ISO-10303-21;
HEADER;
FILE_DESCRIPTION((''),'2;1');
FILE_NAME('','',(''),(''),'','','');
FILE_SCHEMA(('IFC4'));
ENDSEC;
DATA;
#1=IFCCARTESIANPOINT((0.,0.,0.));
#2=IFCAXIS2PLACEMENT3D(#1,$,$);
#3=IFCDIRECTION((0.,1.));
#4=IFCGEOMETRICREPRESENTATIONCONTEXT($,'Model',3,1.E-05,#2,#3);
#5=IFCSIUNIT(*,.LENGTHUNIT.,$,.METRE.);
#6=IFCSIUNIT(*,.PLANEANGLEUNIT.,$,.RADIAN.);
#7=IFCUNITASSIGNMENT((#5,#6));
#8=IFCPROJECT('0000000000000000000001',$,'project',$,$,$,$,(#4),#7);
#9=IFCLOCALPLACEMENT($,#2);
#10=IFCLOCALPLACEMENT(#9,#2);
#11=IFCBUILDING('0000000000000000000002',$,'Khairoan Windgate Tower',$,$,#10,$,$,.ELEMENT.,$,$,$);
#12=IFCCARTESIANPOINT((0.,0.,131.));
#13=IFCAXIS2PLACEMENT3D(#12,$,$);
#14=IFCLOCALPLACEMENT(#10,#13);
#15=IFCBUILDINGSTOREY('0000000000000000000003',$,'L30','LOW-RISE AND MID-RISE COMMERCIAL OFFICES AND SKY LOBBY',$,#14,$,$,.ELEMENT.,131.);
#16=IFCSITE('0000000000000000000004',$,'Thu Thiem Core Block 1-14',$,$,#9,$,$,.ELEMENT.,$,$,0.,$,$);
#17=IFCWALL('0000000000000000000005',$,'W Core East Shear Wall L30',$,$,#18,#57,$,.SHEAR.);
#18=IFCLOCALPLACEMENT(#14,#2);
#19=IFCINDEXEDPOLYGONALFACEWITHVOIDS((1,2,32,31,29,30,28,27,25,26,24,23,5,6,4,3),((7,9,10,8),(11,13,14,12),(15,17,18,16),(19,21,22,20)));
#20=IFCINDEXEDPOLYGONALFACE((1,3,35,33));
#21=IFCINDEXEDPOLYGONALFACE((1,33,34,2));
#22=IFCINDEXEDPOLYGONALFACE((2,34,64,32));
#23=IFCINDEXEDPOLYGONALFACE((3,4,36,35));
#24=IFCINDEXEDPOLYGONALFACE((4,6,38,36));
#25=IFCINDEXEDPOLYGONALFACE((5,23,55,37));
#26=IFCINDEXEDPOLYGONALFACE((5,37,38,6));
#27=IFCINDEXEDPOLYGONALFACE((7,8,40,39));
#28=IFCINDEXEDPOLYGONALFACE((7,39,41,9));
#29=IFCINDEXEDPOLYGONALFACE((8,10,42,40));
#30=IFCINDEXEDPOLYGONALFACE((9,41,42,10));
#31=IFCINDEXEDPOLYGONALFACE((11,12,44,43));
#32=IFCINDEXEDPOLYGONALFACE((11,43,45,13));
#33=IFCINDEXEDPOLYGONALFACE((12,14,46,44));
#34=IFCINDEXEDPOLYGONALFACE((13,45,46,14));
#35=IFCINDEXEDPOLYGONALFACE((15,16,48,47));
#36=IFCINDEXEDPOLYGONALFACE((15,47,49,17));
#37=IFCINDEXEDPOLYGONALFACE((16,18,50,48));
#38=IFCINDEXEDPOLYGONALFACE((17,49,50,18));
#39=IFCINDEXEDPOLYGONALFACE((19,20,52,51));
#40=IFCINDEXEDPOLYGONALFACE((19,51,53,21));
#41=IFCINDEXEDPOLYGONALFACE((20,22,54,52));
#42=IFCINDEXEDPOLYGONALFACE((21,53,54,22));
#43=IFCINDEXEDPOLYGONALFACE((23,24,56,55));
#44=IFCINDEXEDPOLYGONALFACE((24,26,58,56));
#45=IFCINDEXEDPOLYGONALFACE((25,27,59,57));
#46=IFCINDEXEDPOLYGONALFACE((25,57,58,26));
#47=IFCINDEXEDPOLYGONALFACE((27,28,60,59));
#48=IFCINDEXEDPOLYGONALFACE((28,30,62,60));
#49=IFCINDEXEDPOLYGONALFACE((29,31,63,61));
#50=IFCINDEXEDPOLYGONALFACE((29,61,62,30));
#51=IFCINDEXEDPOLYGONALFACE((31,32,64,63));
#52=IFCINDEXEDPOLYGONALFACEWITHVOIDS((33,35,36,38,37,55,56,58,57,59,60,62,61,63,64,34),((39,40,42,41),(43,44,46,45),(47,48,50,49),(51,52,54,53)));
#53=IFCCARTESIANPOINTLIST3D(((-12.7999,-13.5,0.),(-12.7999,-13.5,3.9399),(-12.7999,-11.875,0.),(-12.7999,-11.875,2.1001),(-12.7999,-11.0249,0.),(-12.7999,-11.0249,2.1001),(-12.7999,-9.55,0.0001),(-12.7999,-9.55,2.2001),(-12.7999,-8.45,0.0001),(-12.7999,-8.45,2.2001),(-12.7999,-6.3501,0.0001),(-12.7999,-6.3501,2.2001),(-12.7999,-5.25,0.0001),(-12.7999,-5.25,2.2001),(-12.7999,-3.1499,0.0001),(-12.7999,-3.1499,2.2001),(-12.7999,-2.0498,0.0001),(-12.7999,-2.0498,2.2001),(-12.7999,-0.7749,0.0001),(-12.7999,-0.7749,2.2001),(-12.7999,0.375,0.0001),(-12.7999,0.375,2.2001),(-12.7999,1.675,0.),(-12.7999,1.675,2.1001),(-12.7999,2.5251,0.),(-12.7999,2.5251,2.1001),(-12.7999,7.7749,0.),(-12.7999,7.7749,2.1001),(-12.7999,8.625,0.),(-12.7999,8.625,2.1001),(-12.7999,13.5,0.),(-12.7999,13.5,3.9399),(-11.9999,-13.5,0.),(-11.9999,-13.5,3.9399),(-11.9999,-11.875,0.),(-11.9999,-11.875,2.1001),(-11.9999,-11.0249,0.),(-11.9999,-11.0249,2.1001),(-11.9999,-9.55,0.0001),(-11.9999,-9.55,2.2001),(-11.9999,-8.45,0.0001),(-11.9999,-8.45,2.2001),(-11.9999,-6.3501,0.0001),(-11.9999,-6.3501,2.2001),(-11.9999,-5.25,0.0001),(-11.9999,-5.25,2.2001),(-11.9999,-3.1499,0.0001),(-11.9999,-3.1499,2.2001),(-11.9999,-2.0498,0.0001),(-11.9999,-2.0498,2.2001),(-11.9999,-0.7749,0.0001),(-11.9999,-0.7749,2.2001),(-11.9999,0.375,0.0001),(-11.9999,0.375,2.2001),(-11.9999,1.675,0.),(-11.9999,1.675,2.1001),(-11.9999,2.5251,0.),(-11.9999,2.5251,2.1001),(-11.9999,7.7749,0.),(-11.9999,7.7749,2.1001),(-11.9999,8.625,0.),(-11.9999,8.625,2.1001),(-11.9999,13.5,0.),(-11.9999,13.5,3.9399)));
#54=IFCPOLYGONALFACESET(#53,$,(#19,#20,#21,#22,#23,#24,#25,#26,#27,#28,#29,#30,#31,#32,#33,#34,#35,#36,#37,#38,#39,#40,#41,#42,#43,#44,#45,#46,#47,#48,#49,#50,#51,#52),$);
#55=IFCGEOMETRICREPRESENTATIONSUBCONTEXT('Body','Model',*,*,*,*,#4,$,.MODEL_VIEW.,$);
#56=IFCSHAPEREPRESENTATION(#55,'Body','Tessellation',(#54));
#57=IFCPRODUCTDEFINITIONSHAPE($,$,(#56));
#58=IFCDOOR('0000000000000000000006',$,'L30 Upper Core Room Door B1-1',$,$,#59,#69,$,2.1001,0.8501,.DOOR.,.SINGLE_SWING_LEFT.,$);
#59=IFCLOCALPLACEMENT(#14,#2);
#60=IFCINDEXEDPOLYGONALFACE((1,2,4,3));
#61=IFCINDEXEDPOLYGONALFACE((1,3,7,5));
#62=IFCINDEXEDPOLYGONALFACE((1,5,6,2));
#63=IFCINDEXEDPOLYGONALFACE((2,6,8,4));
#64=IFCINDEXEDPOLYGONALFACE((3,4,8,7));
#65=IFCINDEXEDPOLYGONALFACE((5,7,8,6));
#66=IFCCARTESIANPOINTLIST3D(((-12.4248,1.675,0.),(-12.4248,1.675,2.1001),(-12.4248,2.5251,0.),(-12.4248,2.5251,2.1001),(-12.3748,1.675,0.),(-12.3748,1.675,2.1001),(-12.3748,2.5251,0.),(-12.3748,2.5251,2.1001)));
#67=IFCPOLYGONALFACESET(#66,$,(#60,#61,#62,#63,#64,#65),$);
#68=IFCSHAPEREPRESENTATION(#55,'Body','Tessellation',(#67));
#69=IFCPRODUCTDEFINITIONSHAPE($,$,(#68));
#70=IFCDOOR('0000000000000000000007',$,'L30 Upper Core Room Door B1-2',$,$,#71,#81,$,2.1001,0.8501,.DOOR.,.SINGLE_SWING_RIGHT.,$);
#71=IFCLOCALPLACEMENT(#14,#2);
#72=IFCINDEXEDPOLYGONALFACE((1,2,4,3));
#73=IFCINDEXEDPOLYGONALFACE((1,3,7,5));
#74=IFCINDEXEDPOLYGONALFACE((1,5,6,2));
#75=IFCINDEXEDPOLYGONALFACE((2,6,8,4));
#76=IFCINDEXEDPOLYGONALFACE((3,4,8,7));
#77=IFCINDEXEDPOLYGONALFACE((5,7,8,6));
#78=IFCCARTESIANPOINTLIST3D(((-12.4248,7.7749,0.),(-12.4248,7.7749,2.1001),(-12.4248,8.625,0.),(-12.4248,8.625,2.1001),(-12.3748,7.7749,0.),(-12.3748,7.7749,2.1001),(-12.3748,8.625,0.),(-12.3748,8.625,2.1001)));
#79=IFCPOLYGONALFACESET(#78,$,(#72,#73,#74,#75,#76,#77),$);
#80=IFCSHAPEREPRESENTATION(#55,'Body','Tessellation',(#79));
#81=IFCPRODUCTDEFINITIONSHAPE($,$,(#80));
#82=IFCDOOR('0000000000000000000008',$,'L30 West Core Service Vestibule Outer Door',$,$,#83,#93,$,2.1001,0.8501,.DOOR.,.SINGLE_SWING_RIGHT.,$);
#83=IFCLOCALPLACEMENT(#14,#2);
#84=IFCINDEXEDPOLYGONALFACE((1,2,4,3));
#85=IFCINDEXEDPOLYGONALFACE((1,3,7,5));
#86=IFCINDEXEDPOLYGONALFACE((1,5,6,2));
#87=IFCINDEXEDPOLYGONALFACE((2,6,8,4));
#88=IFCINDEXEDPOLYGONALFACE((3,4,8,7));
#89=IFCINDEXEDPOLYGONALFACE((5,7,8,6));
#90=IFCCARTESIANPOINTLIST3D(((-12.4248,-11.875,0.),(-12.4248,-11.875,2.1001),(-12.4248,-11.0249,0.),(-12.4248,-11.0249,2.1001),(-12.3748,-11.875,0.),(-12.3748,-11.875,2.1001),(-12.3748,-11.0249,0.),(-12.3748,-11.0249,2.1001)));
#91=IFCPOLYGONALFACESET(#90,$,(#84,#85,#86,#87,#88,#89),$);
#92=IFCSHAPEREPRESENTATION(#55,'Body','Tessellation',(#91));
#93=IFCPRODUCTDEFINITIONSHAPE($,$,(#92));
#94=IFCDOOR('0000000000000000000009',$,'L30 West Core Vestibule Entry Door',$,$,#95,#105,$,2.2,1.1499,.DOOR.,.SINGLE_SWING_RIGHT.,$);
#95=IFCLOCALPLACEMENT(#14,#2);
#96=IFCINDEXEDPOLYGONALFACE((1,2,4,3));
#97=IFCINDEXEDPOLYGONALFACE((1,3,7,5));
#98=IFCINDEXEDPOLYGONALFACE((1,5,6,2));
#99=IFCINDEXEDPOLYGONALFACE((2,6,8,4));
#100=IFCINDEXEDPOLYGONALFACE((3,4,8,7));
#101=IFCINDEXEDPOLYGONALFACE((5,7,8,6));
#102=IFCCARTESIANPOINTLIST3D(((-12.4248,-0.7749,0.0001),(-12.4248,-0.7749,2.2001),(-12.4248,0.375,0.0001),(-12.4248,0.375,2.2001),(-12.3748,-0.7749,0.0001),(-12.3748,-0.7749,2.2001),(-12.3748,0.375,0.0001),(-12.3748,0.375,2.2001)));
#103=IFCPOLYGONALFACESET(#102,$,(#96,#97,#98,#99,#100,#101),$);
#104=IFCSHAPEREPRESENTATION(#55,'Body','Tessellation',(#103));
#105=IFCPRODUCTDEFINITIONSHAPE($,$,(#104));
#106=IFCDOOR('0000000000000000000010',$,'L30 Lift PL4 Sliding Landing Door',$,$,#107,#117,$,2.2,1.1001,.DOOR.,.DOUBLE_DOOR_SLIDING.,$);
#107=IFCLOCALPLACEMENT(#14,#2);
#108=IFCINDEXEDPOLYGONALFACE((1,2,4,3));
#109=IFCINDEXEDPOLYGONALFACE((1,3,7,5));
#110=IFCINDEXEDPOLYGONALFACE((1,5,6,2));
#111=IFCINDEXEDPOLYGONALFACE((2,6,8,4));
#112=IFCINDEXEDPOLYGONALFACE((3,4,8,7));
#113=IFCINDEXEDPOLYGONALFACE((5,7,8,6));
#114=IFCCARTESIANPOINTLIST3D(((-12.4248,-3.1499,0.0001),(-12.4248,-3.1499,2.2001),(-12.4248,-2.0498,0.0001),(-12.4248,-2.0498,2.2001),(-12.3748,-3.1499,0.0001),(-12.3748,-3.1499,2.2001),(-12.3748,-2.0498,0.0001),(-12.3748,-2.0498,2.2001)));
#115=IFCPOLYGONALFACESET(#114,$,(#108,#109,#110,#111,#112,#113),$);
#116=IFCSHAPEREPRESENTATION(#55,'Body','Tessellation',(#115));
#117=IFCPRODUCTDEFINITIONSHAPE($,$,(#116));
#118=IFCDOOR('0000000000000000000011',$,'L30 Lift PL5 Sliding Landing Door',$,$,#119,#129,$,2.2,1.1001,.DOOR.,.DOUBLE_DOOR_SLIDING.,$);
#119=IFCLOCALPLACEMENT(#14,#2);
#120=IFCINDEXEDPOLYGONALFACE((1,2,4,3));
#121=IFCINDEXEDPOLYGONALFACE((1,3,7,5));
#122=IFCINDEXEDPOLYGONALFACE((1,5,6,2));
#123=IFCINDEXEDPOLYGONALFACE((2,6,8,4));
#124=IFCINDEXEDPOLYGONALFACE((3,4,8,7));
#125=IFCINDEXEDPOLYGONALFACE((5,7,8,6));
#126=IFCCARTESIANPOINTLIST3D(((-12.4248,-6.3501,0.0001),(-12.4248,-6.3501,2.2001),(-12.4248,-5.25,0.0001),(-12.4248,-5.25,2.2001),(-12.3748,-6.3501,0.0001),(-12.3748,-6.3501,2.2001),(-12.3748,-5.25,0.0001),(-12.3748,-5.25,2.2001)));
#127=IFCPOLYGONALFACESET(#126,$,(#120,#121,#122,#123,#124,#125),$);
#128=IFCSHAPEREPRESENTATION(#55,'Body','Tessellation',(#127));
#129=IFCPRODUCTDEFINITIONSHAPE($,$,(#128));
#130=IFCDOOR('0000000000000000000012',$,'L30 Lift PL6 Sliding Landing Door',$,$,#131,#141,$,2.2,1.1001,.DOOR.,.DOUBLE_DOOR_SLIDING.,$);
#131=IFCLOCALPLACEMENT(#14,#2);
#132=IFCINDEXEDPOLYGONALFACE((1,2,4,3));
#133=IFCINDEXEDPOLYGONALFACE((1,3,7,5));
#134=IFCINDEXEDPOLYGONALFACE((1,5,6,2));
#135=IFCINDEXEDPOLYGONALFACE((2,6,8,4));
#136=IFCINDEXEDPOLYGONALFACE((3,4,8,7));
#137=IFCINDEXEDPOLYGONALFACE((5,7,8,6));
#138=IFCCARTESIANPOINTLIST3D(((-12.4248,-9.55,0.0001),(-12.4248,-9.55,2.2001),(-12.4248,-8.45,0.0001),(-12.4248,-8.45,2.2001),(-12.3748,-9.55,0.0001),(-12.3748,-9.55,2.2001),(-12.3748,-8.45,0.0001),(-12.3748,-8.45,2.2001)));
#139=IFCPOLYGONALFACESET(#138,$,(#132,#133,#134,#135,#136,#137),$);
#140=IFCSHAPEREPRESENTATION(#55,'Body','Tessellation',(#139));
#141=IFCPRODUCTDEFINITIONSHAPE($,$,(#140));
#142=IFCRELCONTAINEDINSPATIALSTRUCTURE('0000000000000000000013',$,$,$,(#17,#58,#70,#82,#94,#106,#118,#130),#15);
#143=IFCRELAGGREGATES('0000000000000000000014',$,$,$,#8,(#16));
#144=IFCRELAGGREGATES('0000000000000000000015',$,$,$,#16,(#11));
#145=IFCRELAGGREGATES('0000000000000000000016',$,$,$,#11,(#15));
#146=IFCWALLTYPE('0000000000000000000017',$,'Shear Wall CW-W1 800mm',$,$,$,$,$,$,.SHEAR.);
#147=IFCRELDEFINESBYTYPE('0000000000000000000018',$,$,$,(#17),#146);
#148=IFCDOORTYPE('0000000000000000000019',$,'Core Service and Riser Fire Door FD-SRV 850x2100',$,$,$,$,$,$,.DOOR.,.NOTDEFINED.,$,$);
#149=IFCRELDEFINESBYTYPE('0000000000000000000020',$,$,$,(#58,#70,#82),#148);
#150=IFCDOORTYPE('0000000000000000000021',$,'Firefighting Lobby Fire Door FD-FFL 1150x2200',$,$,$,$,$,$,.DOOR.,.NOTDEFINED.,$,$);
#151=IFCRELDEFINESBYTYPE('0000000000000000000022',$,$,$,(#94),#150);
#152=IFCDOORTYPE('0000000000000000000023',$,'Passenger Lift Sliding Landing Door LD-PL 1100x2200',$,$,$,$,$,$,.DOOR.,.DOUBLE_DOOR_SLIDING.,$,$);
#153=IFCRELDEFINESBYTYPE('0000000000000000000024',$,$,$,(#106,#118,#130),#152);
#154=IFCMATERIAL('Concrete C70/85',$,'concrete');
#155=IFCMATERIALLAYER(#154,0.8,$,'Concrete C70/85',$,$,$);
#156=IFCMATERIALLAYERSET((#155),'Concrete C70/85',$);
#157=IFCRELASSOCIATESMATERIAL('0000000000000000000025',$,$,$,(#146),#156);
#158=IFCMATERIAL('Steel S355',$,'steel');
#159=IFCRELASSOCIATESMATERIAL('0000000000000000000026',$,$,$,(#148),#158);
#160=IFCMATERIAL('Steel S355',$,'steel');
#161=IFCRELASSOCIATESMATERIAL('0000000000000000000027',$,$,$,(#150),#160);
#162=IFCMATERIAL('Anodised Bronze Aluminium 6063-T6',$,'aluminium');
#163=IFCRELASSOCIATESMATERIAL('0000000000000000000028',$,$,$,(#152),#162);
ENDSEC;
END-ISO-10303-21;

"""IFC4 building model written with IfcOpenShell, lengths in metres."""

from ifc_helpers import new_model, si_unit, direction, frame, frame_2d, origin, place, context, subcontext, project, spatial, rectangle, extrude, material, layer, layer_set, type_object, element, fill, save


model = new_model("IFC4")

# Units and contexts
model_context = context("Model", 3, precision=1e-05, world=origin(), true_north=direction((0.0, 1.0)))
body_context = subcontext(model_context, "Body", "Model", "MODEL_VIEW")
ifc_project = project(units=[si_unit("LENGTHUNIT", "METRE"), si_unit("PLANEANGLEUNIT", "RADIAN")], contexts=[model_context])

# Site, building, storey
site_placement = place(None, origin())
site = spatial("IfcSite", under=ifc_project, at=site_placement, Name="Thu Thiem Core Block 1-14", CompositionType="ELEMENT", RefElevation=0.0)
building_placement = place(site_placement, origin())
building = spatial("IfcBuilding", under=site, at=building_placement, Name="Khairoan Windgate Tower", CompositionType="ELEMENT")
storey_placement = place(building_placement, frame((0.0, 0.0, 131.0)))
storey = spatial("IfcBuildingStorey", under=building, at=storey_placement, Name="L30", Description="LOW-RISE AND MID-RISE COMMERCIAL OFFICES AND SKY LOBBY", CompositionType="ELEMENT", Elevation=131.0)

# Wall, openings, doors
ifc_material_1 = material(Name="Concrete C70/85", Category="concrete")
ifc_layer_1 = layer(ifc_material_1, 0.8, Name="Concrete C70/85")
ifc_layer_set_1 = layer_set([ifc_layer_1], Name="Concrete C70/85")
wall_type_1 = type_object("IfcWallType", Name="Shear Wall CW-W1 800mm", PredefinedType="SHEAR", material=ifc_layer_set_1)
wall_1_placement = place(storey_placement, frame((-12.3999, -13.5, 0.0), z_axis=(0.0, 0.0, 1.0), x_axis=(0.0, 1.0, 0.0)))
wall_1 = element("IfcWall", 1, at=wall_1_placement, inside=storey, type_object=wall_type_1, Name="W Core East Shear Wall L30", PredefinedType="SHEAR", context=body_context, shape_type="SweptSolid", body=[
    extrude(rectangle(XDim=27.0, YDim=0.8, at=frame_2d((13.5, 0.0))), origin(), (0.0, 0.0, 1.0), 3.9399),
])
opening_1_placement = place(wall_1_placement, frame((10.3501, 0.0, 0.0)))
opening_1 = element("IfcOpeningElement", 2, at=opening_1_placement, cuts=wall_1, PredefinedType="OPENING", context=body_context, shape_type="SweptSolid", body=[
    extrude(rectangle(XDim=1.1001, YDim=2.2, at=frame_2d((0.55, 1.1001))), frame((0.0, 0.4099, 0.0), z_axis=(0.0, -1.0, 0.0), x_axis=(1.0, 0.0, 0.0)), (0.0, 0.0, 1.0), 0.8201),
])
opening_2_placement = place(wall_1_placement, frame((7.1499, 0.0, 0.0)))
opening_2 = element("IfcOpeningElement", 3, at=opening_2_placement, cuts=wall_1, PredefinedType="OPENING", context=body_context, shape_type="SweptSolid", body=[
    extrude(rectangle(XDim=1.1001, YDim=2.2, at=frame_2d((0.55, 1.1001))), frame((0.0, 0.4099, 0.0), z_axis=(0.0, -1.0, 0.0), x_axis=(1.0, 0.0, 0.0)), (0.0, 0.0, 1.0), 0.8201),
])
opening_3_placement = place(wall_1_placement, frame((3.95, 0.0, 0.0)))
opening_3 = element("IfcOpeningElement", 4, at=opening_3_placement, cuts=wall_1, PredefinedType="OPENING", context=body_context, shape_type="SweptSolid", body=[
    extrude(rectangle(XDim=1.1001, YDim=2.2, at=frame_2d((0.55, 1.1001))), frame((0.0, 0.4099, 0.0), z_axis=(0.0, -1.0, 0.0), x_axis=(1.0, 0.0, 0.0)), (0.0, 0.0, 1.0), 0.8201),
])
opening_4_placement = place(wall_1_placement, frame((15.175, 0.0, 0.0)))
opening_4 = element("IfcOpeningElement", 5, at=opening_4_placement, cuts=wall_1, PredefinedType="OPENING", context=body_context, shape_type="SweptSolid", body=[
    extrude(rectangle(XDim=0.8501, YDim=2.1001, at=frame_2d((0.425, 1.05))), frame((0.0, 0.4099, 0.0), z_axis=(0.0, -1.0, 0.0), x_axis=(1.0, 0.0, 0.0)), (0.0, 0.0, 1.0), 0.8201),
])
opening_5_placement = place(wall_1_placement, frame((21.2749, 0.0, 0.0)))
opening_5 = element("IfcOpeningElement", 6, at=opening_5_placement, cuts=wall_1, PredefinedType="OPENING", context=body_context, shape_type="SweptSolid", body=[
    extrude(rectangle(XDim=0.8501, YDim=2.1001, at=frame_2d((0.425, 1.05))), frame((0.0, 0.4099, 0.0), z_axis=(0.0, -1.0, 0.0), x_axis=(1.0, 0.0, 0.0)), (0.0, 0.0, 1.0), 0.8201),
])
opening_6_placement = place(wall_1_placement, frame((12.7251, 0.0, 0.0)))
opening_6 = element("IfcOpeningElement", 7, at=opening_6_placement, cuts=wall_1, PredefinedType="OPENING", context=body_context, shape_type="SweptSolid", body=[
    extrude(rectangle(XDim=1.1499, YDim=2.2, at=frame_2d((0.575, 1.1001))), frame((0.0, 0.4099, 0.0), z_axis=(0.0, -1.0, 0.0), x_axis=(1.0, 0.0, 0.0)), (0.0, 0.0, 1.0), 0.8201),
])
opening_7_placement = place(wall_1_placement, frame((1.625, 0.0, 0.0)))
opening_7 = element("IfcOpeningElement", 8, at=opening_7_placement, cuts=wall_1, PredefinedType="OPENING", context=body_context, shape_type="SweptSolid", body=[
    extrude(rectangle(XDim=0.8501, YDim=2.1001, at=frame_2d((0.425, 1.05))), frame((0.0, 0.4099, 0.0), z_axis=(0.0, -1.0, 0.0), x_axis=(1.0, 0.0, 0.0)), (0.0, 0.0, 1.0), 0.8201),
])
ifc_material_2 = material(Name="Steel S355", Category="steel")
door_type_1 = type_object("IfcDoorType", Name="Core Service and Riser Fire Door FD-SRV 850x2100", OperationType="NOTDEFINED", PredefinedType="DOOR", material=ifc_material_2)
door_1_placement = place(opening_4_placement, origin())
door_1 = element("IfcDoor", 9, at=door_1_placement, inside=storey, type_object=door_type_1, Name="L30 Upper Core Room Door B1-1", OperationType="SINGLE_SWING_LEFT", OverallHeight=2.1001, OverallWidth=0.8501, PredefinedType="DOOR", context=body_context, shape_type="SweptSolid", body=[
    extrude(rectangle(XDim=0.8501, YDim=2.1001, at=frame_2d((0.425, 1.05))), frame((0.0, 0.0249, 0.0), z_axis=(0.0, -1.0, 0.0), x_axis=(1.0, 0.0, 0.0)), (0.0, 0.0, 1.0), 0.05),
])
fill(opening_4, door_1)
door_2_placement = place(opening_5_placement, origin())
door_2 = element("IfcDoor", 10, at=door_2_placement, inside=storey, type_object=door_type_1, Name="L30 Upper Core Room Door B1-2", OperationType="SINGLE_SWING_RIGHT", OverallHeight=2.1001, OverallWidth=0.8501, PredefinedType="DOOR", context=body_context, shape_type="SweptSolid", body=[
    extrude(rectangle(XDim=0.8501, YDim=2.1001, at=frame_2d((0.425, 1.05))), frame((0.0, 0.0249, 0.0), z_axis=(0.0, -1.0, 0.0), x_axis=(1.0, 0.0, 0.0)), (0.0, 0.0, 1.0), 0.05),
])
fill(opening_5, door_2)
door_3_placement = place(opening_7_placement, origin())
door_3 = element("IfcDoor", 11, at=door_3_placement, inside=storey, type_object=door_type_1, Name="L30 West Core Service Vestibule Outer Door", OperationType="SINGLE_SWING_RIGHT", OverallHeight=2.1001, OverallWidth=0.8501, PredefinedType="DOOR", context=body_context, shape_type="SweptSolid", body=[
    extrude(rectangle(XDim=0.8501, YDim=2.1001, at=frame_2d((0.425, 1.05))), frame((0.0, 0.0249, 0.0), z_axis=(0.0, -1.0, 0.0), x_axis=(1.0, 0.0, 0.0)), (0.0, 0.0, 1.0), 0.05),
])
fill(opening_7, door_3)
ifc_material_3 = material(Name="Steel S355", Category="steel")
door_type_2 = type_object("IfcDoorType", Name="Firefighting Lobby Fire Door FD-FFL 1150x2200", OperationType="NOTDEFINED", PredefinedType="DOOR", material=ifc_material_3)
door_4_placement = place(opening_6_placement, origin())
door_4 = element("IfcDoor", 12, at=door_4_placement, inside=storey, type_object=door_type_2, Name="L30 West Core Vestibule Entry Door", OperationType="SINGLE_SWING_RIGHT", OverallHeight=2.2, OverallWidth=1.1499, PredefinedType="DOOR", context=body_context, shape_type="SweptSolid", body=[
    extrude(rectangle(XDim=1.1499, YDim=2.2, at=frame_2d((0.575, 1.1001))), frame((0.0, 0.0249, 0.0), z_axis=(0.0, -1.0, 0.0), x_axis=(1.0, 0.0, 0.0)), (0.0, 0.0, 1.0), 0.05),
])
fill(opening_6, door_4)
ifc_material_4 = material(Name="Anodised Bronze Aluminium 6063-T6", Category="aluminium")
door_type_3 = type_object("IfcDoorType", Name="Passenger Lift Sliding Landing Door LD-PL 1100x2200", OperationType="DOUBLE_DOOR_SLIDING", PredefinedType="DOOR", material=ifc_material_4)
door_5_placement = place(opening_1_placement, origin())
door_5 = element("IfcDoor", 13, at=door_5_placement, inside=storey, type_object=door_type_3, Name="L30 Lift PL4 Sliding Landing Door", OperationType="DOUBLE_DOOR_SLIDING", OverallHeight=2.2, OverallWidth=1.1001, PredefinedType="DOOR", context=body_context, shape_type="SweptSolid", body=[
    extrude(rectangle(XDim=1.1001, YDim=2.2, at=frame_2d((0.55, 1.1001))), frame((0.0, 0.0249, 0.0), z_axis=(0.0, -1.0, 0.0), x_axis=(1.0, 0.0, 0.0)), (0.0, 0.0, 1.0), 0.05),
])
fill(opening_1, door_5)
door_6_placement = place(opening_2_placement, origin())
door_6 = element("IfcDoor", 14, at=door_6_placement, inside=storey, type_object=door_type_3, Name="L30 Lift PL5 Sliding Landing Door", OperationType="DOUBLE_DOOR_SLIDING", OverallHeight=2.2, OverallWidth=1.1001, PredefinedType="DOOR", context=body_context, shape_type="SweptSolid", body=[
    extrude(rectangle(XDim=1.1001, YDim=2.2, at=frame_2d((0.55, 1.1001))), frame((0.0, 0.0249, 0.0), z_axis=(0.0, -1.0, 0.0), x_axis=(1.0, 0.0, 0.0)), (0.0, 0.0, 1.0), 0.05),
])
fill(opening_2, door_6)
door_7_placement = place(opening_3_placement, origin())
door_7 = element("IfcDoor", 15, at=door_7_placement, inside=storey, type_object=door_type_3, Name="L30 Lift PL6 Sliding Landing Door", OperationType="DOUBLE_DOOR_SLIDING", OverallHeight=2.2, OverallWidth=1.1001, PredefinedType="DOOR", context=body_context, shape_type="SweptSolid", body=[
    extrude(rectangle(XDim=1.1001, YDim=2.2, at=frame_2d((0.55, 1.1001))), frame((0.0, 0.0249, 0.0), z_axis=(0.0, -1.0, 0.0), x_axis=(1.0, 0.0, 0.0)), (0.0, 0.0, 1.0), 0.05),
])
fill(opening_3, door_7)

save(model, "model.ifc")
